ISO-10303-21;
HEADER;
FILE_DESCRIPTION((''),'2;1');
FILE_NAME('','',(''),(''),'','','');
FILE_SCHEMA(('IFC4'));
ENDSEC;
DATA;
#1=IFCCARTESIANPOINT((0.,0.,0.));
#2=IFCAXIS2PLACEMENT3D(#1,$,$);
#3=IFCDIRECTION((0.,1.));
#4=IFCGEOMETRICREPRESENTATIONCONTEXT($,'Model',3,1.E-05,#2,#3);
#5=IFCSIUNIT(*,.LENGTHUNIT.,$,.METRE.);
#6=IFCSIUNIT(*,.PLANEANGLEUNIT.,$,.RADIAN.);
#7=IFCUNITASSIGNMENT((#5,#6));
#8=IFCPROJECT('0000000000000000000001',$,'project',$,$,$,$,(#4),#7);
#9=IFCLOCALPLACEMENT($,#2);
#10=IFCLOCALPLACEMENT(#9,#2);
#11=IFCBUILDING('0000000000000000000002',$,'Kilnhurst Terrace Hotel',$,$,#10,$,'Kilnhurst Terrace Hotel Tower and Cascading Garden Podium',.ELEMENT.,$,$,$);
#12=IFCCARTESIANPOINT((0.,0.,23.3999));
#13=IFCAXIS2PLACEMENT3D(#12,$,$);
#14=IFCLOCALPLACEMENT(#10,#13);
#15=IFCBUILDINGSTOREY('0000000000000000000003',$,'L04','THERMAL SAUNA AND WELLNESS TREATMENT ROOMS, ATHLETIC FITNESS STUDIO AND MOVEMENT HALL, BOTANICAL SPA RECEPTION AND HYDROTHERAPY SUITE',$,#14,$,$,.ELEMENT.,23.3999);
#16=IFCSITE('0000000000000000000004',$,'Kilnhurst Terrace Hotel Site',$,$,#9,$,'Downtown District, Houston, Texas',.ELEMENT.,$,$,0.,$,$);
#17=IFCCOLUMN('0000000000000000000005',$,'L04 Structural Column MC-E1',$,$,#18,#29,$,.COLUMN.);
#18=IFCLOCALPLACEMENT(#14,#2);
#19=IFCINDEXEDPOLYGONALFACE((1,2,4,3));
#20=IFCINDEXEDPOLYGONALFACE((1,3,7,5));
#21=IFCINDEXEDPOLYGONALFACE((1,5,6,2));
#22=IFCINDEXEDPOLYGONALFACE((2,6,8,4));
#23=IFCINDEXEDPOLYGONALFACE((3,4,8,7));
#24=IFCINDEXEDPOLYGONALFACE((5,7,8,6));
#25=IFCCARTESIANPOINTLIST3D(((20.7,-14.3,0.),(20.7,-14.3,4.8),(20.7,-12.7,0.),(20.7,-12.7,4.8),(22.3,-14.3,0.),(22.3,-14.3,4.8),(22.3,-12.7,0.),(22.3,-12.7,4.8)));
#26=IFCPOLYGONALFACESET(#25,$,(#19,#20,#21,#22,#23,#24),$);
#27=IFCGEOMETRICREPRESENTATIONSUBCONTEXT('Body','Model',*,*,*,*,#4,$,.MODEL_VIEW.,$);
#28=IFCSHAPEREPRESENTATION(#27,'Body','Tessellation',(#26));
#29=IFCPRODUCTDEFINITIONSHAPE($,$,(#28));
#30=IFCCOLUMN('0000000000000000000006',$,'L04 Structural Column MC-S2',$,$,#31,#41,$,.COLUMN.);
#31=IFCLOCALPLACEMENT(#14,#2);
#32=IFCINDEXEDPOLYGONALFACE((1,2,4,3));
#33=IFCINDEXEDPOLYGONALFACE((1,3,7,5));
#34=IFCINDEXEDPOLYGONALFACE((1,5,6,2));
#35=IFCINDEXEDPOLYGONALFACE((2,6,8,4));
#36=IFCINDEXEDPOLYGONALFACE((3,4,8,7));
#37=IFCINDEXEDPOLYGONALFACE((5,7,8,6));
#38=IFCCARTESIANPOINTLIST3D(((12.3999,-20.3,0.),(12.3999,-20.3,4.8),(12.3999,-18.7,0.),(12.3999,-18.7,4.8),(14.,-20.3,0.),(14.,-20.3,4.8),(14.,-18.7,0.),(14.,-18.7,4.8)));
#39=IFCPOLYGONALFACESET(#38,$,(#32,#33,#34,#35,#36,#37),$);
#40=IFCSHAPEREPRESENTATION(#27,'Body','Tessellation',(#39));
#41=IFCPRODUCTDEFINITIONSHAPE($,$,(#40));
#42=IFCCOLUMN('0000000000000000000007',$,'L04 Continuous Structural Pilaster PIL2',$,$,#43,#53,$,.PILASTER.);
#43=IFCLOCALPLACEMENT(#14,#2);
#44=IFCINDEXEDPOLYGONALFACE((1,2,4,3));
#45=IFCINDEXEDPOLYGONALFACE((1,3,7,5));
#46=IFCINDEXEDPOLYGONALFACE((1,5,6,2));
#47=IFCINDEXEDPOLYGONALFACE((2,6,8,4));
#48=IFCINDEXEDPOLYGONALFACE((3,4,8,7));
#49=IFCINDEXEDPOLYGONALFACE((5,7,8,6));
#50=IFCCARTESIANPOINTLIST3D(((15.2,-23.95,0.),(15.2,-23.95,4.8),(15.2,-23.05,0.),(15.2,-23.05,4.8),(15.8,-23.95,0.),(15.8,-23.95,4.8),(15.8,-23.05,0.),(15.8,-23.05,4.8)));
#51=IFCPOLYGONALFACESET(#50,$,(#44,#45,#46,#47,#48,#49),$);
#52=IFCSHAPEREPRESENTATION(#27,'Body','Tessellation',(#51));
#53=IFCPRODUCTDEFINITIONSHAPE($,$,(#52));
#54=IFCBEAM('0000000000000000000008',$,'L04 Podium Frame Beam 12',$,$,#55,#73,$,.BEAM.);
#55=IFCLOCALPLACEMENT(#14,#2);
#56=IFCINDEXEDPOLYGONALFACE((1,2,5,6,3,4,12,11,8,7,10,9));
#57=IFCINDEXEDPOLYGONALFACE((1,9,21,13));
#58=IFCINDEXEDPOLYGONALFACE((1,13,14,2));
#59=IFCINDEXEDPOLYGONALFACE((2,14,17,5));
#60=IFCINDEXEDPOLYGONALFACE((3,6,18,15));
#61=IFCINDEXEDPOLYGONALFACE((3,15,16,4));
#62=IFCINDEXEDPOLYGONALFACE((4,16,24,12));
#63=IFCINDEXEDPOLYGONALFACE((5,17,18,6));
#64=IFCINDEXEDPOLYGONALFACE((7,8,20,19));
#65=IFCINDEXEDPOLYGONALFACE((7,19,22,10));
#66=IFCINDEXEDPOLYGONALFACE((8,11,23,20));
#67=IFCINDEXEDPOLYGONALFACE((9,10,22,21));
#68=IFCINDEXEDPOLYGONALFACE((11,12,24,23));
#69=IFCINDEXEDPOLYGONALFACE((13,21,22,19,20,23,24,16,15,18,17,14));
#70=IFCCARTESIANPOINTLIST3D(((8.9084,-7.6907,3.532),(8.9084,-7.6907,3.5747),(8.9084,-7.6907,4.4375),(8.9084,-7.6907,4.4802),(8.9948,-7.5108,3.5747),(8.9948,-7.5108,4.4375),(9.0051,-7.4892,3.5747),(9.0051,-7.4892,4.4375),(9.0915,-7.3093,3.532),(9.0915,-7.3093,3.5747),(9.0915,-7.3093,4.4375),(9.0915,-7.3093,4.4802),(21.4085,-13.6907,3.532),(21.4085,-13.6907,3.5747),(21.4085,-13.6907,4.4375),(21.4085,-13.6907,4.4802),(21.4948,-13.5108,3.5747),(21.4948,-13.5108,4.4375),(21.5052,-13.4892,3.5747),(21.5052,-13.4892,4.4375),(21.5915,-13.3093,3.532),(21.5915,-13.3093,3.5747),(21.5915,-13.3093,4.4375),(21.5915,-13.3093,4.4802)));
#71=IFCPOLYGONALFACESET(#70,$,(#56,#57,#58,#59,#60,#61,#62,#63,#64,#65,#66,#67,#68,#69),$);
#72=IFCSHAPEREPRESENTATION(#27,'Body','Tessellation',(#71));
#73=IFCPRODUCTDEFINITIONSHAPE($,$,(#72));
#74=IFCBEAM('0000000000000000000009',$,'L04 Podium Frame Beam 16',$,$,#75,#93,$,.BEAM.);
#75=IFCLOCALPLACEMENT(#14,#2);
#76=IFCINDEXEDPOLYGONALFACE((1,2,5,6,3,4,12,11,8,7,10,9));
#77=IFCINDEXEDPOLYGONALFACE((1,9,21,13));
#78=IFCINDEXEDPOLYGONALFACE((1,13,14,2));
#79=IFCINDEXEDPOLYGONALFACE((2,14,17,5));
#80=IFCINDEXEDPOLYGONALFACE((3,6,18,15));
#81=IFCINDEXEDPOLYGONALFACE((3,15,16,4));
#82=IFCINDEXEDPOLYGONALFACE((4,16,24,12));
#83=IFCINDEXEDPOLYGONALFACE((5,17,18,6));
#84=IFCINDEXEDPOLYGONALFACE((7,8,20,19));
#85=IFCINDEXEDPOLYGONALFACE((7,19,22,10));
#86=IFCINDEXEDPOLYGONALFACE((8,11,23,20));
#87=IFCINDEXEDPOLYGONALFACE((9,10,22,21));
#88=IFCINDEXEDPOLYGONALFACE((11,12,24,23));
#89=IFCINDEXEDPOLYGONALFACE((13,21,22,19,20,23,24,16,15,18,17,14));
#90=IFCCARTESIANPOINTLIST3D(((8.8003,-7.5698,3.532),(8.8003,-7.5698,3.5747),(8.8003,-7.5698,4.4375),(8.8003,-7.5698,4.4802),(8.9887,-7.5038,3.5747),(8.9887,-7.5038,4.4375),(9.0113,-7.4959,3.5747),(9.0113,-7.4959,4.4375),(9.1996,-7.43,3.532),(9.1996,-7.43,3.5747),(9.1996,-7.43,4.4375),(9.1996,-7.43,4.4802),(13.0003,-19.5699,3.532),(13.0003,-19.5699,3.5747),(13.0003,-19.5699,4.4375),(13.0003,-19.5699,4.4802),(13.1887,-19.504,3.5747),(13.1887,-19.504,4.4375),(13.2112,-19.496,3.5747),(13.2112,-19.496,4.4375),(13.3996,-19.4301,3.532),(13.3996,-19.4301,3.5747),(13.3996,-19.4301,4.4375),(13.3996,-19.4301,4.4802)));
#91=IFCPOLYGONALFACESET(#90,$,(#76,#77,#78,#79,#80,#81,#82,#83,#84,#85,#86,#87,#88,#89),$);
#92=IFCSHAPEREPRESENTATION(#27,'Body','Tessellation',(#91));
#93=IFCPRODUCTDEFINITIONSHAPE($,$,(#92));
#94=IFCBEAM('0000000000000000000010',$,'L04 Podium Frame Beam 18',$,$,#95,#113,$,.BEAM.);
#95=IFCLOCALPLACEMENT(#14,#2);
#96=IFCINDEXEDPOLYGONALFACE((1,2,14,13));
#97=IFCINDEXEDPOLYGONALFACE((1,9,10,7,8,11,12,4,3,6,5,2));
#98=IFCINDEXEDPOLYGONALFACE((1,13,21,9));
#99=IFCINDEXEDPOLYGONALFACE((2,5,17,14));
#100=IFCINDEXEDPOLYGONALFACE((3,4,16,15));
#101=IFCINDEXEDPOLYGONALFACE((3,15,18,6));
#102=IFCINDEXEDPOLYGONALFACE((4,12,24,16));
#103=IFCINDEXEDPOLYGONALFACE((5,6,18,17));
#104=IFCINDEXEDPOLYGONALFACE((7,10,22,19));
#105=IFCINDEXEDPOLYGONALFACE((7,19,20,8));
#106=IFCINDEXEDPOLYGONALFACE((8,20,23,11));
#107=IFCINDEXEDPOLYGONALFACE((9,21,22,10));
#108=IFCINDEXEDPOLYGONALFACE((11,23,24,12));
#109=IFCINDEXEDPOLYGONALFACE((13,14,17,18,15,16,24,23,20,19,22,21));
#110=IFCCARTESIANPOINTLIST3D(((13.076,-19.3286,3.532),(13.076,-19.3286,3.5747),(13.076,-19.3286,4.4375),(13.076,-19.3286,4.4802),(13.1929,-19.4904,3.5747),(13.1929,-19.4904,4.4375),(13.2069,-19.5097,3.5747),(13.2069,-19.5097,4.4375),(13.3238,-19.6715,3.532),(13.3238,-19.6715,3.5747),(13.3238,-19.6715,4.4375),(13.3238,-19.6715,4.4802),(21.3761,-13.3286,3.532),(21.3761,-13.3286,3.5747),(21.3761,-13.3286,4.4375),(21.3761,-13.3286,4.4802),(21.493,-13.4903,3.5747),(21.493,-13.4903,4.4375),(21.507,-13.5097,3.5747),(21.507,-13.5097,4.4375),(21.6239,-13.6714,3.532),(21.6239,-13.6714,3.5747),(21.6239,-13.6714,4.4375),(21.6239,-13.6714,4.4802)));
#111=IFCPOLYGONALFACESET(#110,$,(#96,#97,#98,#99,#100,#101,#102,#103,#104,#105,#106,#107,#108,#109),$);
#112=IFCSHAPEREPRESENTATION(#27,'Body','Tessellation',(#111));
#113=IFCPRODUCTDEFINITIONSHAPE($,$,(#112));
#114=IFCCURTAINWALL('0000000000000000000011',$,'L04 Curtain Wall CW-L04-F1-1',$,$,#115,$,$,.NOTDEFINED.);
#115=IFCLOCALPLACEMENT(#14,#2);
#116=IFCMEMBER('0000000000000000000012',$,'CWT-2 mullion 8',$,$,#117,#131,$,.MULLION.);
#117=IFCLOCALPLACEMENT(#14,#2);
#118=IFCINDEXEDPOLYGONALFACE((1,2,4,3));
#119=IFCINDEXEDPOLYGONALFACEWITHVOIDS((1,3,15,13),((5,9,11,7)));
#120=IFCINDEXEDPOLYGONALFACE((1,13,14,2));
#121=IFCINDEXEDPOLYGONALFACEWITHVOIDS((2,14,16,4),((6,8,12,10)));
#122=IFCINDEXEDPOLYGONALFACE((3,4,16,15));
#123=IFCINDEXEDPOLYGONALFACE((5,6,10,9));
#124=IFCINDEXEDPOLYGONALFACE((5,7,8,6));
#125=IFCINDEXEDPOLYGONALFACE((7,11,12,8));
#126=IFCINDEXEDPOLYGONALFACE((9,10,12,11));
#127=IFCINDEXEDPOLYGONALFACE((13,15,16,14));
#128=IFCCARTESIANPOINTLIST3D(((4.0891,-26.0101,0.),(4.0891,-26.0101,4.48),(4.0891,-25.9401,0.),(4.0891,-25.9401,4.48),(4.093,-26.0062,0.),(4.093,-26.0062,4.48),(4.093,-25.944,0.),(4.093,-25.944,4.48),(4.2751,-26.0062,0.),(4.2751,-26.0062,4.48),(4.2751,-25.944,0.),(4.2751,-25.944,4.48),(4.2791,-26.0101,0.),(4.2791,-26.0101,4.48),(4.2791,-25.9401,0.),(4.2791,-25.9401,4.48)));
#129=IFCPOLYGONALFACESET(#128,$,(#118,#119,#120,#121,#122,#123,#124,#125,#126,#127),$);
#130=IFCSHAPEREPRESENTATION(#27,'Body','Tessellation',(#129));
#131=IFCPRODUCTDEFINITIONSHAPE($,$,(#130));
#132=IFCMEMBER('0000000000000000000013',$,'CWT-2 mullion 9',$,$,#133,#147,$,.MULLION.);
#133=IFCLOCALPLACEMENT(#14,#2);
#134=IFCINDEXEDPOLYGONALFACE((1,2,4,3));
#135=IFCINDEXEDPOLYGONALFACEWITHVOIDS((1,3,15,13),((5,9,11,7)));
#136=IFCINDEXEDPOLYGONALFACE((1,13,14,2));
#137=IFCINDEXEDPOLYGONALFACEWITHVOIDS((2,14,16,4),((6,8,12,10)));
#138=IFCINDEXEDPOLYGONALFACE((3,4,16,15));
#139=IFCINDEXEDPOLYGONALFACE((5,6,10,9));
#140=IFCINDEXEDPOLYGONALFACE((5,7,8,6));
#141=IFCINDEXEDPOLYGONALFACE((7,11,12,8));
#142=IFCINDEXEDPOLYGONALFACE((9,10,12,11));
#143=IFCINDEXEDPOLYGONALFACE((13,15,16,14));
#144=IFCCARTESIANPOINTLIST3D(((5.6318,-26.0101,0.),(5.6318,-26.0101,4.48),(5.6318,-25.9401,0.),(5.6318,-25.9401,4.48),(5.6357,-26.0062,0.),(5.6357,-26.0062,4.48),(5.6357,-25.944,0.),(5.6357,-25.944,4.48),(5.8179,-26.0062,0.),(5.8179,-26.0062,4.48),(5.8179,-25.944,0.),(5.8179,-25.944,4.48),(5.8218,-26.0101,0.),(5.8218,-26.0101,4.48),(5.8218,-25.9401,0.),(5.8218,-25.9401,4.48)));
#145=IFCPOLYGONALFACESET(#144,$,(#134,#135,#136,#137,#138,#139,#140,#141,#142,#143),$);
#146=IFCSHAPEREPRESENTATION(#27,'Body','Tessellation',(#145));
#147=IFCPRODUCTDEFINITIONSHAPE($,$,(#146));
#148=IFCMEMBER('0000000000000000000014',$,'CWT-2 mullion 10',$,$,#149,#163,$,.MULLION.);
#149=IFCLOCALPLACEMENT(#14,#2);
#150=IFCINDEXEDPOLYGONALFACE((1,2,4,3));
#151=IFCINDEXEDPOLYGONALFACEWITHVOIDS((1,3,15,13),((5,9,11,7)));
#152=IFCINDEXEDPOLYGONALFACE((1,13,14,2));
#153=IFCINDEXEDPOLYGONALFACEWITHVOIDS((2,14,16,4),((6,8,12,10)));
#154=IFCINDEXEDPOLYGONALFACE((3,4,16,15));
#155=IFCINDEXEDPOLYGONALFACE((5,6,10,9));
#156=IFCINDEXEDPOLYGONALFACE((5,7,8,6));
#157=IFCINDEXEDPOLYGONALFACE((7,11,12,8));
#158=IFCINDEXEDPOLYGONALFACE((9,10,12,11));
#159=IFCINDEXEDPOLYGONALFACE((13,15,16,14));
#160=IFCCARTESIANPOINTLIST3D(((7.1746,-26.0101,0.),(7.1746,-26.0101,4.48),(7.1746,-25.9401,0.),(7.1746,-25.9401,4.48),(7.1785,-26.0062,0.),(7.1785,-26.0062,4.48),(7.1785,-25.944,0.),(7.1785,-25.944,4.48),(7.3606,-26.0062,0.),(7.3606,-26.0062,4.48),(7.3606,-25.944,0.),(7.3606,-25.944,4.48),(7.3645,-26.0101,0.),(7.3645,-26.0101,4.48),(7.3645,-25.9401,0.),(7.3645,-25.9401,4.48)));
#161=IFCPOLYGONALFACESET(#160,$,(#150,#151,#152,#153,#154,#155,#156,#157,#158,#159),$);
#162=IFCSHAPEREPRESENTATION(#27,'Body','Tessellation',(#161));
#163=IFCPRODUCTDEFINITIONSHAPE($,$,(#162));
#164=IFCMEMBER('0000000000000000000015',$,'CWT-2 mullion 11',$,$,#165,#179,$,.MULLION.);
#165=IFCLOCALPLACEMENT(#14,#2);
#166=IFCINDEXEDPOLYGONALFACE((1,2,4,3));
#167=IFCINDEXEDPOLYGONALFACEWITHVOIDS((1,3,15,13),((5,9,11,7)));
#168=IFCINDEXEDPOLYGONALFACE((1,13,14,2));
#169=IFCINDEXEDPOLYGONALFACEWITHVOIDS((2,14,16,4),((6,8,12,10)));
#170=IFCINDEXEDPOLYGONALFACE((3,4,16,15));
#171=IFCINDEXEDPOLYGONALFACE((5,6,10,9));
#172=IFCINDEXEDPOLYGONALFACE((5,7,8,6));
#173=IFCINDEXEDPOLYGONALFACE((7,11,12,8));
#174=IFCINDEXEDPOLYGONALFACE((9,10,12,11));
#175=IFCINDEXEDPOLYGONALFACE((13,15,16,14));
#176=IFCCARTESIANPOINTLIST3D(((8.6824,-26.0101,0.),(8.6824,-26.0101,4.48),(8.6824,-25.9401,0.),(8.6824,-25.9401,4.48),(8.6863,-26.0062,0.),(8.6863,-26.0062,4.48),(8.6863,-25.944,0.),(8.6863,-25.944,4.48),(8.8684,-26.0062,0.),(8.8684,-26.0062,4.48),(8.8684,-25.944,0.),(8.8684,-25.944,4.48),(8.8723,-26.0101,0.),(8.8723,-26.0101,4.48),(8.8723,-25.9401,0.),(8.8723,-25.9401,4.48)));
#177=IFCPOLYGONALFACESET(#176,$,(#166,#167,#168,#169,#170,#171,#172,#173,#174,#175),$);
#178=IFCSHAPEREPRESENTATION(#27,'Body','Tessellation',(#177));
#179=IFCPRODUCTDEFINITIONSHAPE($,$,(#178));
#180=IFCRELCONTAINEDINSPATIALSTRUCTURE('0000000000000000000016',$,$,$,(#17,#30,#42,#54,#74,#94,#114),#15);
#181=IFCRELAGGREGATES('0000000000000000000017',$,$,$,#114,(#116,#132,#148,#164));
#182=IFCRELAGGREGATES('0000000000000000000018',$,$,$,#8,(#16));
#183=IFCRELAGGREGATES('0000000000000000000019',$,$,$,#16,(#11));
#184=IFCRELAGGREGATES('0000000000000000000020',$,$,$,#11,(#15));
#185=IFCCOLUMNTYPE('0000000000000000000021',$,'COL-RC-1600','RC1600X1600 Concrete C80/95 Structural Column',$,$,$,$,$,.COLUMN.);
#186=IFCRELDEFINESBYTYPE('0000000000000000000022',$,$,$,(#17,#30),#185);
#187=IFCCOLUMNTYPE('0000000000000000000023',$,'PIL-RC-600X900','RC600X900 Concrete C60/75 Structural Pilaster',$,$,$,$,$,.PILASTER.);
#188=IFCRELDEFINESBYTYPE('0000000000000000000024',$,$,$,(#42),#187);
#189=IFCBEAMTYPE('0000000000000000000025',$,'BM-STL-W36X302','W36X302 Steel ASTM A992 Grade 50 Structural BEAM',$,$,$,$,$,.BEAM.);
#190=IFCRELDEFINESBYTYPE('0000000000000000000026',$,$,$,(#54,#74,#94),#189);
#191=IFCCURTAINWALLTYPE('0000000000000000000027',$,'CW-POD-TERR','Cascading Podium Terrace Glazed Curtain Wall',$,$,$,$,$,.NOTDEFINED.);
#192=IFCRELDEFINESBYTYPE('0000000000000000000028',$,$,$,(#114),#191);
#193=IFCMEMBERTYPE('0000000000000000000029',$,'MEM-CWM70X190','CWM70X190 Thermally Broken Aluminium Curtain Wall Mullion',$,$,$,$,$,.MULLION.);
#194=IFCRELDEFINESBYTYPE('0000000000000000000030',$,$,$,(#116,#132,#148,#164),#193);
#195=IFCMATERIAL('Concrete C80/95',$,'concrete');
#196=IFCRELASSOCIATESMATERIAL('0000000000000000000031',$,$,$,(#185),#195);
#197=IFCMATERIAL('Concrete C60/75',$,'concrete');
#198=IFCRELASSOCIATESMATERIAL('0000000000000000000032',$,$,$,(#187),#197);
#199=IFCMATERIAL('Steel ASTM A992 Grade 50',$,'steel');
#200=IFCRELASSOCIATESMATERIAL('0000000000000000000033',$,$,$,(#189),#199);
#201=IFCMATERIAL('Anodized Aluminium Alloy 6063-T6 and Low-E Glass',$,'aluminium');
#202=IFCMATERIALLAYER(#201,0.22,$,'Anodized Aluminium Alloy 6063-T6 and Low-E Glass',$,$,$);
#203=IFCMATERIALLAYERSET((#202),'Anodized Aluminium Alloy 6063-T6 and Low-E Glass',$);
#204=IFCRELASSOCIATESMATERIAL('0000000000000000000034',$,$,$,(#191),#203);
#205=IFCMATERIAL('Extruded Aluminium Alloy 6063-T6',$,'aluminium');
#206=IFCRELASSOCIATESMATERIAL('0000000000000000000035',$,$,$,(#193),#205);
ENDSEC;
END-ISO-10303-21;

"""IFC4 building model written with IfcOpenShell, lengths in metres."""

from ifc_helpers import new_model, si_unit, direction, frame, origin, origin_2d, place, context, subcontext, project, spatial, rectangle, hollow_rectangle, i_section, extrude, material, layer, layer_set, material_profile, profile_set, type_object, element, aggregate, save


model = new_model("IFC4")

# Units and contexts
model_context = context("Model", 3, precision=1e-05, world=origin(), true_north=direction((0.0, 1.0)))
body_context = subcontext(model_context, "Body", "Model", "MODEL_VIEW")
ifc_project = project(units=[si_unit("LENGTHUNIT", "METRE"), si_unit("PLANEANGLEUNIT", "RADIAN")], contexts=[model_context])

# Site, building, storey
site_placement = place(None, origin())
site = spatial("IfcSite", under=ifc_project, at=site_placement, Name="Kilnhurst Terrace Hotel Site", LongName="Downtown District, Houston, Texas", CompositionType="ELEMENT", RefElevation=0.0)
building_placement = place(site_placement, origin())
building = spatial("IfcBuilding", under=site, at=building_placement, Name="Kilnhurst Terrace Hotel", LongName="Kilnhurst Terrace Hotel Tower and Cascading Garden Podium", CompositionType="ELEMENT")
storey_placement = place(building_placement, frame((0.0, 0.0, 23.3999)))
storey = spatial("IfcBuildingStorey", under=building, at=storey_placement, Name="L04", Description="THERMAL SAUNA AND WELLNESS TREATMENT ROOMS, ATHLETIC FITNESS STUDIO AND MOVEMENT HALL, BOTANICAL SPA RECEPTION AND HYDROTHERAPY SUITE", CompositionType="ELEMENT", Elevation=23.3999)

# Columns
ifc_material_1 = material(Name="Concrete C80/95", Category="concrete")
ifc_material_profile_1 = material_profile(ifc_material_1, rectangle(XDim=1.6001, YDim=1.6001, at=origin_2d()), Name="RC1600X1600")
ifc_profile_set_1 = profile_set([ifc_material_profile_1], Name="Concrete C80/95")
column_type_1 = type_object("IfcColumnType", Name="COL-RC-1600", Description="RC1600X1600 Concrete C80/95 Structural Column", PredefinedType="COLUMN", material=ifc_profile_set_1)
for number, where, z_axis, x_axis, name in (
    (1, (21.5, -13.5, 0.0), (0.0, 0.0, 1.0), (1.0, 0.0, 0.0), "L04 Structural Column MC-E1"),
    (2, (13.2, -19.5, 0.0), (0.0, 0.0, 1.0), (1.0, 0.0, 0.0), "L04 Structural Column MC-S2"),
):
    element("IfcColumn", number, at=place(storey_placement, frame(where, z_axis=z_axis, x_axis=x_axis)), inside=storey, type_object=column_type_1, Name=name, PredefinedType="COLUMN", context=body_context, shape_type="SweptSolid", body=[
        extrude(rectangle(XDim=1.6001, YDim=1.6001, at=origin_2d()), origin(), (0.0, 0.0, 1.0), 4.8),
    ])
ifc_material_2 = material(Name="Concrete C60/75", Category="concrete")
ifc_material_profile_2 = material_profile(ifc_material_2, rectangle(XDim=0.6001, YDim=0.8999, at=origin_2d()), Name="RC600X900")
ifc_profile_set_2 = profile_set([ifc_material_profile_2], Name="Concrete C60/75")
column_type_2 = type_object("IfcColumnType", Name="PIL-RC-600X900", Description="RC600X900 Concrete C60/75 Structural Pilaster", PredefinedType="PILASTER", material=ifc_profile_set_2)
column_placement = place(storey_placement, frame((15.5, -23.5, 0.0), z_axis=(0.0, 0.0, 1.0), x_axis=(1.0, 0.0, 0.0)))
element("IfcColumn", 3, at=column_placement, inside=storey, type_object=column_type_2, Name="L04 Continuous Structural Pilaster PIL2", PredefinedType="PILASTER", context=body_context, shape_type="SweptSolid", body=[
    extrude(rectangle(XDim=0.6001, YDim=0.8999, at=origin_2d()), origin(), (0.0, 0.0, 1.0), 4.8),
])

# Beams
ifc_material_3 = material(Name="Steel ASTM A992 Grade 50", Category="steel")
ifc_material_profile_3 = material_profile(ifc_material_3, i_section(OverallWidth=0.4231, OverallDepth=0.9482, WebThickness=0.0239, FlangeThickness=0.0427, at=origin_2d()), Name="W36X302")
ifc_profile_set_3 = profile_set([ifc_material_profile_3], Name="Steel ASTM A992 Grade 50")
beam_type = type_object("IfcBeamType", Name="BM-STL-W36X302", Description="W36X302 Steel ASTM A992 Grade 50 Structural BEAM", PredefinedType="BEAM", material=ifc_profile_set_3)
beam_1_placement = place(storey_placement, frame((21.5, -13.5, 4.0061), z_axis=(-0.901523, 0.432731, 0.0), x_axis=(-0.432731, -0.901523, 0.0)))
element("IfcBeam", 4, at=beam_1_placement, inside=storey, type_object=beam_type, Name="L04 Podium Frame Beam 12", PredefinedType="BEAM", context=body_context, shape_type="SweptSolid", body=[
    extrude(i_section(OverallWidth=0.4231, OverallDepth=0.9482, WebThickness=0.0239, FlangeThickness=0.0427, at=origin_2d()), origin(), (0.0, 0.0, 1.0), 13.8655),
])
beam_2_placement = place(storey_placement, frame((13.2, -19.5, 4.0061), z_axis=(-0.330347, 0.94386, 0.0), x_axis=(-0.94386, -0.330347, 0.0)))
element("IfcBeam", 5, at=beam_2_placement, inside=storey, type_object=beam_type, Name="L04 Podium Frame Beam 16", PredefinedType="BEAM", context=body_context, shape_type="SweptSolid", body=[
    extrude(i_section(OverallWidth=0.4231, OverallDepth=0.9482, WebThickness=0.0239, FlangeThickness=0.0427, at=origin_2d()), origin(), (0.0, 0.0, 1.0), 12.7139),
])
beam_3_placement = place(storey_placement, frame((21.5, -13.5, 4.0061), z_axis=(-0.810423, -0.585845, 0.0), x_axis=(0.585845, -0.810423, 0.0)))
element("IfcBeam", 6, at=beam_3_placement, inside=storey, type_object=beam_type, Name="L04 Podium Frame Beam 18", PredefinedType="BEAM", context=body_context, shape_type="SweptSolid", body=[
    extrude(i_section(OverallWidth=0.4231, OverallDepth=0.9482, WebThickness=0.0239, FlangeThickness=0.0427, at=origin_2d()), origin(), (0.0, 0.0, 1.0), 10.2417),
])

# Curtain wall, members
ifc_material_4 = material(Name="Anodized Aluminium Alloy 6063-T6 and Low-E Glass", Category="aluminium")
ifc_layer_1 = layer(ifc_material_4, 0.22, Name="Anodized Aluminium Alloy 6063-T6 and Low-E Glass")
ifc_layer_set_1 = layer_set([ifc_layer_1], Name="Anodized Aluminium Alloy 6063-T6 and Low-E Glass")
curtain_wall_type = type_object("IfcCurtainWallType", Name="CW-POD-TERR", Description="Cascading Podium Terrace Glazed Curtain Wall", PredefinedType="NOTDEFINED", material=ifc_layer_set_1)
curtain_wall_1_placement = place(storey_placement, origin())
curtain_wall_1 = element("IfcCurtainWall", 7, at=curtain_wall_1_placement, inside=storey, type_object=curtain_wall_type, Name="L04 Curtain Wall CW-L04-F1-1", PredefinedType="NOTDEFINED")
ifc_material_5 = material(Name="Extruded Aluminium Alloy 6063-T6", Category="aluminium")
ifc_material_profile_4 = material_profile(ifc_material_5, hollow_rectangle(XDim=0.0701, YDim=0.1899, WallThickness=0.0039, at=origin_2d()), Name="CWM70X190")
ifc_profile_set_4 = profile_set([ifc_material_profile_4], Name="Extruded Aluminium Alloy 6063-T6")
member_type_1 = type_object("IfcMemberType", Name="MEM-CWM70X190", Description="CWM70X190 Thermally Broken Aluminium Curtain Wall Mullion", PredefinedType="MULLION", material=ifc_profile_set_4)
member_1_placement = place(storey_placement, frame((4.1841, -25.9751, 0.0), z_axis=(0.0, 0.0, 1.0), x_axis=(0.0, 1.0, 0.0)))
member_1 = element("IfcMember", 8, at=member_1_placement, type_object=member_type_1, Name="CWT-2 mullion 8", PredefinedType="MULLION", context=body_context, shape_type="SweptSolid", body=[
    extrude(hollow_rectangle(XDim=0.0701, YDim=0.1899, WallThickness=0.0039, at=origin_2d()), origin(), (0.0, 0.0, 1.0), 4.48),
])
member_2_placement = place(storey_placement, frame((5.7268, -25.9751, 0.0), z_axis=(0.0, 0.0, 1.0), x_axis=(0.0, 1.0, 0.0)))
member_2 = element("IfcMember", 9, at=member_2_placement, type_object=member_type_1, Name="CWT-2 mullion 9", PredefinedType="MULLION", context=body_context, shape_type="SweptSolid", body=[
    extrude(hollow_rectangle(XDim=0.0701, YDim=0.1899, WallThickness=0.0039, at=origin_2d()), origin(), (0.0, 0.0, 1.0), 4.48),
])
member_3_placement = place(storey_placement, frame((7.2695, -25.9751, 0.0), z_axis=(0.0, 0.0, 1.0), x_axis=(0.0, 1.0, 0.0)))
member_3 = element("IfcMember", 10, at=member_3_placement, type_object=member_type_1, Name="CWT-2 mullion 10", PredefinedType="MULLION", context=body_context, shape_type="SweptSolid", body=[
    extrude(hollow_rectangle(XDim=0.0701, YDim=0.1899, WallThickness=0.0039, at=origin_2d()), origin(), (0.0, 0.0, 1.0), 4.48),
])
member_4_placement = place(storey_placement, frame((8.7773, -25.9751, 0.0), z_axis=(0.0, 0.0, 1.0), x_axis=(0.0, 1.0, 0.0)))
member_4 = element("IfcMember", 11, at=member_4_placement, type_object=member_type_1, Name="CWT-2 mullion 11", PredefinedType="MULLION", context=body_context, shape_type="SweptSolid", body=[
    extrude(hollow_rectangle(XDim=0.0701, YDim=0.1899, WallThickness=0.0039, at=origin_2d()), origin(), (0.0, 0.0, 1.0), 4.48),
])

aggregate(curtain_wall_1, [member_1, member_2, member_3, member_4])

save(model, "model.ifc")
